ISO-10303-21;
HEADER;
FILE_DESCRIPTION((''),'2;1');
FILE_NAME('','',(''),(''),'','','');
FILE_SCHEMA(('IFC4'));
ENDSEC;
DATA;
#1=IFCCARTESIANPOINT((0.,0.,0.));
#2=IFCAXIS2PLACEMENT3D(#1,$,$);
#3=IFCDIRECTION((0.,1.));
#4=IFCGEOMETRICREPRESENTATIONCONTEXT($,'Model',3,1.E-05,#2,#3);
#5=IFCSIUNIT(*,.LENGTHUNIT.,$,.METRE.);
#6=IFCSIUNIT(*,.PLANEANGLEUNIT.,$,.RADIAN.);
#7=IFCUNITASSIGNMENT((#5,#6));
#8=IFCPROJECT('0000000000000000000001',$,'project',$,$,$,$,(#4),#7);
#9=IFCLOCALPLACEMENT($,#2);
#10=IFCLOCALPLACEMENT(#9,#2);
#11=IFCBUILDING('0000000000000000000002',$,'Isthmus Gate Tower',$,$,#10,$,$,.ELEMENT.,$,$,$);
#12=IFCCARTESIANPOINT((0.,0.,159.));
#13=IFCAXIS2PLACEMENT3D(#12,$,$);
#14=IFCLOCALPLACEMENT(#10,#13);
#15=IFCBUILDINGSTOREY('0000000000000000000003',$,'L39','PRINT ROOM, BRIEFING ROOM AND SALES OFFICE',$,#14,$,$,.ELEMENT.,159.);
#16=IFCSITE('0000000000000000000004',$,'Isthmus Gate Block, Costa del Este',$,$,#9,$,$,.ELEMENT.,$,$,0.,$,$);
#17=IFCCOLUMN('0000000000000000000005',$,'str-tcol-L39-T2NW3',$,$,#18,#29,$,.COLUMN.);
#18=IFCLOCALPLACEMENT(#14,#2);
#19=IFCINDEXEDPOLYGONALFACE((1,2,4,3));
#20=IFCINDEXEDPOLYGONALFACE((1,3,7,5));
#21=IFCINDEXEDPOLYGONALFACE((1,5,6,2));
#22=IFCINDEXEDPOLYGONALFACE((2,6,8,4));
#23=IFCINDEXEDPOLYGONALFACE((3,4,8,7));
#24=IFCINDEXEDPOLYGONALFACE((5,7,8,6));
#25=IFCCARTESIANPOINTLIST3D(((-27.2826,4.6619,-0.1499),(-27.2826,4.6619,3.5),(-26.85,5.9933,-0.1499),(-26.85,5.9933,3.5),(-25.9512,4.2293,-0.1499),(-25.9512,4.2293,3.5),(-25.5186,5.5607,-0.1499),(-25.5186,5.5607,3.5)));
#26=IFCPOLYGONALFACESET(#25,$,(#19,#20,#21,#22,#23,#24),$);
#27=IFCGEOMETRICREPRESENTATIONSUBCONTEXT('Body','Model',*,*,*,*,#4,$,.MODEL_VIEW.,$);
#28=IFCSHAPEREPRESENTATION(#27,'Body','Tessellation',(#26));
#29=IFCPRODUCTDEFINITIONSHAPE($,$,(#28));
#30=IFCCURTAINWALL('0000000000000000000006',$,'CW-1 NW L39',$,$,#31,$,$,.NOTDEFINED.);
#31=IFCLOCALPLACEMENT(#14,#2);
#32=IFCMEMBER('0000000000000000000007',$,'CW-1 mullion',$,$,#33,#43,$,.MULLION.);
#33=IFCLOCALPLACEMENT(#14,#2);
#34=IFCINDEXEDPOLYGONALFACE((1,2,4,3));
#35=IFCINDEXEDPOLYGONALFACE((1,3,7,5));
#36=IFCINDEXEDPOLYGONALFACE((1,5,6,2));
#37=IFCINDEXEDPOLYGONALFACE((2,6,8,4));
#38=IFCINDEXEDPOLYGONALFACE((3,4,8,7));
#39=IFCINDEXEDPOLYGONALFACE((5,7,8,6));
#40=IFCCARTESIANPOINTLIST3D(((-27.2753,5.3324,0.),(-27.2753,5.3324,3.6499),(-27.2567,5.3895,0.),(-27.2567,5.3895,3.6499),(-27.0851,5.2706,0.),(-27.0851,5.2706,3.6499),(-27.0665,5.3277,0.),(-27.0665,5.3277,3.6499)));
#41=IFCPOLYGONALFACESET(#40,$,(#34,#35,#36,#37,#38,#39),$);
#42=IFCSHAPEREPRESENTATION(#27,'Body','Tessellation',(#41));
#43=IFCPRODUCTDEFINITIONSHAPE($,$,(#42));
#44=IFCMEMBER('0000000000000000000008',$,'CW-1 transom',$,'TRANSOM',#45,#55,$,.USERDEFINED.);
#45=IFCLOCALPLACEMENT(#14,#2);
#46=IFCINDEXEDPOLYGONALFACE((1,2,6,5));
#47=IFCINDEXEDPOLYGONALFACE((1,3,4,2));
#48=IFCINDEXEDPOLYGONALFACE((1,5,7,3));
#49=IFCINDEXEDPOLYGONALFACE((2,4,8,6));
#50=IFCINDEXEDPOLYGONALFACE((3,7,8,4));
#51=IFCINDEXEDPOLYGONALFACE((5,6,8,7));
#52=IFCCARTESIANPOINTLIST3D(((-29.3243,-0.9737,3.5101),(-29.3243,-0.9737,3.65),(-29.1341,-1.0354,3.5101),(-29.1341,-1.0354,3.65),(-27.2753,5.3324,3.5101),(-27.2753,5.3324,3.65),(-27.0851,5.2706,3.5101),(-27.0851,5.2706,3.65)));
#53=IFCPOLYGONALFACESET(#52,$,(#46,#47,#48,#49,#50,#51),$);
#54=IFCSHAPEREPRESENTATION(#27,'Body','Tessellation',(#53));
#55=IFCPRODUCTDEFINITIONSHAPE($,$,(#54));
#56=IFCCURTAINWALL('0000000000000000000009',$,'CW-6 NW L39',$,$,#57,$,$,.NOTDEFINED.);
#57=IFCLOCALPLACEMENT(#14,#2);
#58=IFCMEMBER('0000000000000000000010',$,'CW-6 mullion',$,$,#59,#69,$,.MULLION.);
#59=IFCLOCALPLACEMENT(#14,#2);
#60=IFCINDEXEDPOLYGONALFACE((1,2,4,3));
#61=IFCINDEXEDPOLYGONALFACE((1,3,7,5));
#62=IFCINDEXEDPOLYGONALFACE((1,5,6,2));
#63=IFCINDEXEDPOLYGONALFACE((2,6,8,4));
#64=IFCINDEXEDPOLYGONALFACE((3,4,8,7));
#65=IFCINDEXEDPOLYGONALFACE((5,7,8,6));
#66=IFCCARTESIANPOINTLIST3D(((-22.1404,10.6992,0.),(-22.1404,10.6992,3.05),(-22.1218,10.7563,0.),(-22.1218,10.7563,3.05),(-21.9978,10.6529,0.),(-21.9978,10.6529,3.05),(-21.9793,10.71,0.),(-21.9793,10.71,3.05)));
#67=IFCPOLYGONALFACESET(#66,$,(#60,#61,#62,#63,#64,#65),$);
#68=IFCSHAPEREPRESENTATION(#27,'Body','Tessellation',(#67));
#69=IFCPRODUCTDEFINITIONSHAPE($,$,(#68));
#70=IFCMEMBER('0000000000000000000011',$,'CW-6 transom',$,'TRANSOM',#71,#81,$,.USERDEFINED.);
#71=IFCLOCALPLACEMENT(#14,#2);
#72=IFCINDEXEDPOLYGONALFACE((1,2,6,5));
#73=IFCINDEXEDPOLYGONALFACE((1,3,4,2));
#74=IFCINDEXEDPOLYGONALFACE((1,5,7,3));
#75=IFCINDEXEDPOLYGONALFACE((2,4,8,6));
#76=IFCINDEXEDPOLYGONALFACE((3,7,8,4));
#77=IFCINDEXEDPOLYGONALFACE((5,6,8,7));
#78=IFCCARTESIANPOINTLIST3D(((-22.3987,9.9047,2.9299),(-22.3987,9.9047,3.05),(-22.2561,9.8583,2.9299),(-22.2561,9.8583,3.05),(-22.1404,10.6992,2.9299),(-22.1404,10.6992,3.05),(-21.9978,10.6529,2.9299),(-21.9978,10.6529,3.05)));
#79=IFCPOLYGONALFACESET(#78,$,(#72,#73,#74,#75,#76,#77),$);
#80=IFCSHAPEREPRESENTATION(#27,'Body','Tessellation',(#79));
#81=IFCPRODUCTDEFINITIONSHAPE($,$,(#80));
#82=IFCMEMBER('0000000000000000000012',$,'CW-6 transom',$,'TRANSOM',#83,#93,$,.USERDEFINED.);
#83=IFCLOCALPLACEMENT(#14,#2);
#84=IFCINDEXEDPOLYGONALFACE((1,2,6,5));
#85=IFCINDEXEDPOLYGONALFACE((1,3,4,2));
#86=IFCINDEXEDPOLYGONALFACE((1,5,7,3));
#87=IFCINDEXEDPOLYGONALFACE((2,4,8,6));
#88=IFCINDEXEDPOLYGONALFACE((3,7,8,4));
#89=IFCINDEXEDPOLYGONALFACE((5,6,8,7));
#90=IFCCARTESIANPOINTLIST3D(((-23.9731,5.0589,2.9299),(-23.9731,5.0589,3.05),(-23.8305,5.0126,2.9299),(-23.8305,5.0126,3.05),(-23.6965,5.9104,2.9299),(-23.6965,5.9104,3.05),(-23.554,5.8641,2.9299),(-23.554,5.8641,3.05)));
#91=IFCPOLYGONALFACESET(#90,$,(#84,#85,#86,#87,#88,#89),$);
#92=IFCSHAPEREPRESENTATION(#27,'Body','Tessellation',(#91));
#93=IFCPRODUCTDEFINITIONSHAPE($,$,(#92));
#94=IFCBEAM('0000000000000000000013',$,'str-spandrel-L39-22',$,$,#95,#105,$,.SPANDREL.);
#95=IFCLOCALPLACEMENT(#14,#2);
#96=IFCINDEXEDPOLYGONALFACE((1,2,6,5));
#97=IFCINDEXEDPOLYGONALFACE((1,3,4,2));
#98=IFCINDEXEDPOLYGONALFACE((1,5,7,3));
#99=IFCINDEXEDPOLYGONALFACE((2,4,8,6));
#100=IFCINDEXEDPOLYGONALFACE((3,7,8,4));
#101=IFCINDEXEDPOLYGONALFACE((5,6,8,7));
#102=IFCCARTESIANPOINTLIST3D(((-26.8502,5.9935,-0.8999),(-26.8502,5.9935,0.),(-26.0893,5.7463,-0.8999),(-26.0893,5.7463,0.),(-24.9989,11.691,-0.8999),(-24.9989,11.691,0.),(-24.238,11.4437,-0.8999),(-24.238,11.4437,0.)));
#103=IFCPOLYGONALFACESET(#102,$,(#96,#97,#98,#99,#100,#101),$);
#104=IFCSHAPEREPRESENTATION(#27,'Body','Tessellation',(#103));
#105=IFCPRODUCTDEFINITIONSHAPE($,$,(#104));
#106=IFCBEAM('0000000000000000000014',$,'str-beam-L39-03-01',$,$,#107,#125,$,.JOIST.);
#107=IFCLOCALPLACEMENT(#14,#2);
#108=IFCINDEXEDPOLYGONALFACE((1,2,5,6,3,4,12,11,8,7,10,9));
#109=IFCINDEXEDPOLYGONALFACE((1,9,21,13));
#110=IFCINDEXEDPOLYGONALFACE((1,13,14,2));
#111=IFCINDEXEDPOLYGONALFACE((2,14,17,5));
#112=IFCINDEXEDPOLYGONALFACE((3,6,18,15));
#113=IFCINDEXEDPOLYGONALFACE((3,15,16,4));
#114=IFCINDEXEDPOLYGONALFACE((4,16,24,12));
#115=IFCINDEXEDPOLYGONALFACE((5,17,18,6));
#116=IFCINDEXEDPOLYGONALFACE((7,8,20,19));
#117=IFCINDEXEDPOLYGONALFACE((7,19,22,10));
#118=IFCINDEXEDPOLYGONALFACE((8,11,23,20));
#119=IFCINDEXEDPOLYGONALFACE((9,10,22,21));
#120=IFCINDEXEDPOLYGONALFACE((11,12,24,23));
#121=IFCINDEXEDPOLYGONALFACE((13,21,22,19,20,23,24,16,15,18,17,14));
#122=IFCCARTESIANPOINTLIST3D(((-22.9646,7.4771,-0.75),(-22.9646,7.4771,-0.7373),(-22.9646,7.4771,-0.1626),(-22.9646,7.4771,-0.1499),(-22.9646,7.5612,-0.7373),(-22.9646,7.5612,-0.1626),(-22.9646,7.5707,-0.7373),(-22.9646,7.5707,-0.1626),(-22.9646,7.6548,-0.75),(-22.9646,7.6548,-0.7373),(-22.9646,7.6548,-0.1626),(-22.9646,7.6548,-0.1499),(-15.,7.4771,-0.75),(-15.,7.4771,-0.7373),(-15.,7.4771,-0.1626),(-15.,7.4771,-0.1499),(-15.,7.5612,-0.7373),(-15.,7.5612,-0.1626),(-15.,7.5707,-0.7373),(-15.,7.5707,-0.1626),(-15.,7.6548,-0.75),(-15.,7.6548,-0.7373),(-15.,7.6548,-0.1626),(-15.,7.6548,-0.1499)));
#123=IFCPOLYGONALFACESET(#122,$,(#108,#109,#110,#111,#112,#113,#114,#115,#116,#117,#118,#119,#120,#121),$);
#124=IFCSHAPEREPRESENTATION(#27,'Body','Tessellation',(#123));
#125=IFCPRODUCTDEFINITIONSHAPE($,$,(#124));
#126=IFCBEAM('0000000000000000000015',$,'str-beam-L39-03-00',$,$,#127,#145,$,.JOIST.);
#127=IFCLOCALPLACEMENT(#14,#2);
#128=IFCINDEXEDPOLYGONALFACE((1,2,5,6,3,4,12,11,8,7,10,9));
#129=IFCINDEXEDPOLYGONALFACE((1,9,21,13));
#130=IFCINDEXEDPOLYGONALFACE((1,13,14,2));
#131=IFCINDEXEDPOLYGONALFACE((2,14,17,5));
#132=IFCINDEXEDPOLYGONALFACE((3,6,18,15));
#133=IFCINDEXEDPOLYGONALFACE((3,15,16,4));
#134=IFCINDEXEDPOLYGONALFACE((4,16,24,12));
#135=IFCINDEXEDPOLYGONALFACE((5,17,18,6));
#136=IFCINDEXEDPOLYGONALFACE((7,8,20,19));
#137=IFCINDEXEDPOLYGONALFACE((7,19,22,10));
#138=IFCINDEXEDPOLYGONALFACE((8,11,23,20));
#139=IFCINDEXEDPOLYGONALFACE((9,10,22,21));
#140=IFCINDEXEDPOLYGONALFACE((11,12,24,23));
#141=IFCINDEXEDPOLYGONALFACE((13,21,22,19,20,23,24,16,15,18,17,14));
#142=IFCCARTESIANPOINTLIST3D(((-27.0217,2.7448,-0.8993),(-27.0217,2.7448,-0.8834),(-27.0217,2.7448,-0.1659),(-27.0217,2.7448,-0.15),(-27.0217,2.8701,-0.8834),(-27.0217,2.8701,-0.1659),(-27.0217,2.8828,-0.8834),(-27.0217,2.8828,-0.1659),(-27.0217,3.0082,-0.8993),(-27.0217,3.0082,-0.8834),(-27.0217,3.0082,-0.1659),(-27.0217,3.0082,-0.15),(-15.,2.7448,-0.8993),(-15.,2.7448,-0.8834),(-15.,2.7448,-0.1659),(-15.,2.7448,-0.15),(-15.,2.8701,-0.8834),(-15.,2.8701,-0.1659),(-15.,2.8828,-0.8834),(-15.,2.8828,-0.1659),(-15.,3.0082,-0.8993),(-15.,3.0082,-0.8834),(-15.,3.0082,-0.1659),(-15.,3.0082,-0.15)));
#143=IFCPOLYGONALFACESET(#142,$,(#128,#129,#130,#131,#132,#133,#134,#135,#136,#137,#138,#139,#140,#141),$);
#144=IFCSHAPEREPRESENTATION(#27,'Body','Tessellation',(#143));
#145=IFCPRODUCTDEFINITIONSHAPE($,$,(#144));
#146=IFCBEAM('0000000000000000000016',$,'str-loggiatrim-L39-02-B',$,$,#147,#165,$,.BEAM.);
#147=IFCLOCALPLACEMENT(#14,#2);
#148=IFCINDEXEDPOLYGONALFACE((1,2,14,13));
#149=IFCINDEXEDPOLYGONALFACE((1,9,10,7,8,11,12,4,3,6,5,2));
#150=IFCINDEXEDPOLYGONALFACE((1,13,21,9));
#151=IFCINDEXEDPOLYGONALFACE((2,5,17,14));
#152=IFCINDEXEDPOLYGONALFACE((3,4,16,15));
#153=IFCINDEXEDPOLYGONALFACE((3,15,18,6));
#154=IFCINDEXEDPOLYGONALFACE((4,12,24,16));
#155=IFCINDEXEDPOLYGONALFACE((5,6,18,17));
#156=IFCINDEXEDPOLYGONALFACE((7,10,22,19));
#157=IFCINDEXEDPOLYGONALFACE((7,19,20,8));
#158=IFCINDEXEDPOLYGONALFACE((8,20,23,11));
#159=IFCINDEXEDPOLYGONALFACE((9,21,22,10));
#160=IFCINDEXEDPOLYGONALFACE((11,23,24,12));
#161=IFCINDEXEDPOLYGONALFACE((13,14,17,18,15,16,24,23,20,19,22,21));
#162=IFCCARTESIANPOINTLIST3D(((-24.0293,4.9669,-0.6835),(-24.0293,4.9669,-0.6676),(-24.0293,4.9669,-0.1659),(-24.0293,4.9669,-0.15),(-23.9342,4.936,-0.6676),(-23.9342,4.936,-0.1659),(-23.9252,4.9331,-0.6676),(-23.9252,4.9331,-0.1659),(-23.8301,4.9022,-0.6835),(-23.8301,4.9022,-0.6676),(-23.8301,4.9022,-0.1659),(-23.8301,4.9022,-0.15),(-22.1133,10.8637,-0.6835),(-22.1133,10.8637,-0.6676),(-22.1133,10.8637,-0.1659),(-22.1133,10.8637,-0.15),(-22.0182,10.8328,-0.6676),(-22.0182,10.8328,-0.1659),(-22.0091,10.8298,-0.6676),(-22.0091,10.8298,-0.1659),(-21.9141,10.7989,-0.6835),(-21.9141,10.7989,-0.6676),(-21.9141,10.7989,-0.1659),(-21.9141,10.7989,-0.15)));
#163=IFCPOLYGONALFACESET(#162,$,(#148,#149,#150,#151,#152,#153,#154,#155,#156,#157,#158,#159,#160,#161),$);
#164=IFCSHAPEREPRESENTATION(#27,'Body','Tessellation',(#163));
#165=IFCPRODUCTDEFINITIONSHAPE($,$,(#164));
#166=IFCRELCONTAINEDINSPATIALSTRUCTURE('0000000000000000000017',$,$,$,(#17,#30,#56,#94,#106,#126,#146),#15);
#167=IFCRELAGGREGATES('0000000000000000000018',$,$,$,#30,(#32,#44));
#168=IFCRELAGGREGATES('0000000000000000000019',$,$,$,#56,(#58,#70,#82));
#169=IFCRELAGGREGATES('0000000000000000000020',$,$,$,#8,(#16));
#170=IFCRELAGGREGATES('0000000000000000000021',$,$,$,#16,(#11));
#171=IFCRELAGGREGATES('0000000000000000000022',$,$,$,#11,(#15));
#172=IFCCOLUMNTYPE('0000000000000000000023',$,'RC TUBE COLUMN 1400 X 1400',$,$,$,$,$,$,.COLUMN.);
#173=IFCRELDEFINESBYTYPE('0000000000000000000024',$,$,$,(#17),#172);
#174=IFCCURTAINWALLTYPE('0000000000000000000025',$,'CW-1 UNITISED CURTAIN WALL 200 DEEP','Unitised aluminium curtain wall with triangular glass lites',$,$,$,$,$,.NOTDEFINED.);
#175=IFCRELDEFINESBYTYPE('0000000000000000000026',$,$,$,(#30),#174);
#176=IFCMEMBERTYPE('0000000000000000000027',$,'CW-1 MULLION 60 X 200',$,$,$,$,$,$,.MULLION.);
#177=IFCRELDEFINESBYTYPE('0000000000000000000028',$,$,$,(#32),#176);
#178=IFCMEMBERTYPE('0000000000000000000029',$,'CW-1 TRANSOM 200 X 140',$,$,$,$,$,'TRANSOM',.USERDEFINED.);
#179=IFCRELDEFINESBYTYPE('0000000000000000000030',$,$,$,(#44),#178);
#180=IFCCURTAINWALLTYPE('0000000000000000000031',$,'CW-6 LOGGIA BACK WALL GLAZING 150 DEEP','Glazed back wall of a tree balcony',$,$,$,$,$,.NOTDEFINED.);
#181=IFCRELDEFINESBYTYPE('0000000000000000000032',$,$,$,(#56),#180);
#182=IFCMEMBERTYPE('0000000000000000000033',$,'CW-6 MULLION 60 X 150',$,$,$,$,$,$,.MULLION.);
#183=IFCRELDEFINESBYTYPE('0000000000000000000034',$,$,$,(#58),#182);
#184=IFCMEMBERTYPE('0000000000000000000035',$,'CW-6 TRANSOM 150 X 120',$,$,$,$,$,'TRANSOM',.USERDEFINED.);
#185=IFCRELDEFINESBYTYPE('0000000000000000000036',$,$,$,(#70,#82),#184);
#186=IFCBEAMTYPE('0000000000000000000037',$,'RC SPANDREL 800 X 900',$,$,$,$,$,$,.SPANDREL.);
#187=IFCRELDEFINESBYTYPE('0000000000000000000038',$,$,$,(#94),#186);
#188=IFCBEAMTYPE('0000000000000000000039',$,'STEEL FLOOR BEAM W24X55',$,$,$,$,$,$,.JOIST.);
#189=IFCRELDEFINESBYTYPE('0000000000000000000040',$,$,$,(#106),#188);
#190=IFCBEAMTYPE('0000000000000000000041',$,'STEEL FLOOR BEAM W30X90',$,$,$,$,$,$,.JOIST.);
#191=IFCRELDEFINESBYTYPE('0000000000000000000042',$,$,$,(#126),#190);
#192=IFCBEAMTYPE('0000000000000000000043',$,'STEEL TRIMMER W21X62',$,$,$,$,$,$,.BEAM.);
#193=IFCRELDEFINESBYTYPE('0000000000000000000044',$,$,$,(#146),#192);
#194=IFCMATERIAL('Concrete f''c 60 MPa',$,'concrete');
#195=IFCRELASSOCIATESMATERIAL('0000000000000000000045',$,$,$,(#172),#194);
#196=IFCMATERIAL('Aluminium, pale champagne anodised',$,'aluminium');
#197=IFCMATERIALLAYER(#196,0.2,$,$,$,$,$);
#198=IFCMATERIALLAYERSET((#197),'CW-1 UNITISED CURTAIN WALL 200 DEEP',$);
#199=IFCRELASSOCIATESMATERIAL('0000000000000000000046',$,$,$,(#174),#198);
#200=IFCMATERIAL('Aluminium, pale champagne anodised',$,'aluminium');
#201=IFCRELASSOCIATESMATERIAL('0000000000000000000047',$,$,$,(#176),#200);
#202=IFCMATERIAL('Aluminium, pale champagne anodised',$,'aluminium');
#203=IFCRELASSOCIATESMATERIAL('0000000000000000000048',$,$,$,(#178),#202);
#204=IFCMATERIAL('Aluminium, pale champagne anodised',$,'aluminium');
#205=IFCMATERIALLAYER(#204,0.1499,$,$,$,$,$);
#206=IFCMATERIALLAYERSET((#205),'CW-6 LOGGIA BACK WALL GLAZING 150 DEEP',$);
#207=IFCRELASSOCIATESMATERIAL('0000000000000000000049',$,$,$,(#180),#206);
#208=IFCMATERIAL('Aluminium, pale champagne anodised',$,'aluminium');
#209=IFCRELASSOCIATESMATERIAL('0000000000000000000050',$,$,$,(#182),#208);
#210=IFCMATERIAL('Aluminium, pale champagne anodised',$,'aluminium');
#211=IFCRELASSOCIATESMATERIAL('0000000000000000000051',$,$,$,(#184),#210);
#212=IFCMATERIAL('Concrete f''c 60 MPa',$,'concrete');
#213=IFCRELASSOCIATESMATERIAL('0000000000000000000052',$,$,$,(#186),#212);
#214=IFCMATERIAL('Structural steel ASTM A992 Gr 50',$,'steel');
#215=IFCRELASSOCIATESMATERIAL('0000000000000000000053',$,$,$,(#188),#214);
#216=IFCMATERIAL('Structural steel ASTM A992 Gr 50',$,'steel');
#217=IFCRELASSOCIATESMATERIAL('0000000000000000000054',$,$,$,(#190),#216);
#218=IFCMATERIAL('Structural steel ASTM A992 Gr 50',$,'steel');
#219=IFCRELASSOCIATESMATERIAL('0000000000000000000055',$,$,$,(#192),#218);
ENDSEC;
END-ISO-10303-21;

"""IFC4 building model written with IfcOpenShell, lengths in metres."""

from ifc_helpers import new_model, si_unit, direction, frame, origin, origin_2d, place, context, subcontext, project, spatial, rectangle, i_section, extrude, material, layer, layer_set, material_profile, profile_set, type_object, element, aggregate, save


model = new_model("IFC4")

# Units and contexts
model_context = context("Model", 3, precision=1e-05, world=origin(), true_north=direction((0.0, 1.0)))
body_context = subcontext(model_context, "Body", "Model", "MODEL_VIEW")
ifc_project = project(units=[si_unit("LENGTHUNIT", "METRE"), si_unit("PLANEANGLEUNIT", "RADIAN")], contexts=[model_context])

# Site, building, storey
site_placement = place(None, origin())
site = spatial("IfcSite", under=ifc_project, at=site_placement, Name="Isthmus Gate Block, Costa del Este", CompositionType="ELEMENT", RefElevation=0.0)
building_placement = place(site_placement, origin())
building = spatial("IfcBuilding", under=site, at=building_placement, Name="Isthmus Gate Tower", CompositionType="ELEMENT")
storey_placement = place(building_placement, frame((0.0, 0.0, 159.0)))
storey = spatial("IfcBuildingStorey", under=building, at=storey_placement, Name="L39", Description="PRINT ROOM, BRIEFING ROOM AND SALES OFFICE", CompositionType="ELEMENT", Elevation=159.0)

# Column
ifc_material_1 = material(Name="Concrete f'c 60 MPa", Category="concrete")
ifc_material_profile_1 = material_profile(ifc_material_1, rectangle(XDim=1.3999, YDim=1.3999, at=origin_2d()), Name="RC 1400X1400")
ifc_profile_set_1 = profile_set([ifc_material_profile_1], Name="Concrete f'c 60 MPa")
column_type = type_object("IfcColumnType", Name="RC TUBE COLUMN 1400 X 1400", PredefinedType="COLUMN", material=ifc_profile_set_1)
column_placement = place(storey_placement, frame((-26.4006, 5.1113, -0.1499), z_axis=(0.0, 0.0, 1.0), x_axis=(-0.309017, -0.951057, 0.0)))
element("IfcColumn", 1, at=column_placement, inside=storey, type_object=column_type, Name="str-tcol-L39-T2NW3", PredefinedType="COLUMN", context=body_context, shape_type="SweptSolid", body=[
    extrude(rectangle(XDim=1.3999, YDim=1.3999, at=origin_2d()), origin(), (0.0, 0.0, 1.0), 3.6499),
])

# Curtain walls, members
ifc_material_2 = material(Name="Aluminium, pale champagne anodised", Category="aluminium")
ifc_layer_1 = layer(ifc_material_2, 0.2)
ifc_layer_set_1 = layer_set([ifc_layer_1], Name="CW-1 UNITISED CURTAIN WALL 200 DEEP")
curtain_wall_type_1 = type_object("IfcCurtainWallType", Name="CW-1 UNITISED CURTAIN WALL 200 DEEP", Description="Unitised aluminium curtain wall with triangular glass lites", PredefinedType="NOTDEFINED", material=ifc_layer_set_1)
curtain_wall_1_placement = place(storey_placement, origin())
curtain_wall_1 = element("IfcCurtainWall", 2, at=curtain_wall_1_placement, inside=storey, type_object=curtain_wall_type_1, Name="CW-1 NW L39", PredefinedType="NOTDEFINED")
ifc_material_3 = material(Name="Aluminium, pale champagne anodised", Category="aluminium")
ifc_material_profile_2 = material_profile(ifc_material_3, rectangle(XDim=0.0601, YDim=0.2, at=origin_2d()), Name="60x200")
ifc_profile_set_2 = profile_set([ifc_material_profile_2], Name="Aluminium, pale champagne anodised")
member_type_1 = type_object("IfcMemberType", Name="CW-1 MULLION 60 X 200", PredefinedType="MULLION", material=ifc_profile_set_2)
member_1_placement = place(storey_placement, frame((-27.1709, 5.3301, 0.0), z_axis=(0.0, 0.0, 1.0), x_axis=(-0.309017, -0.951057, 0.0)))
member_1 = element("IfcMember", 3, at=member_1_placement, type_object=member_type_1, Name="CW-1 mullion", PredefinedType="MULLION", context=body_context, shape_type="SweptSolid", body=[
    extrude(rectangle(XDim=0.0601, YDim=0.2, at=origin_2d()), origin(), (0.0, 0.0, 1.0), 3.6499),
])
ifc_material_4 = material(Name="Aluminium, pale champagne anodised", Category="aluminium")
ifc_material_profile_3 = material_profile(ifc_material_4, rectangle(XDim=0.2, YDim=0.1399, at=origin_2d()), Name="200x140")
ifc_profile_set_3 = profile_set([ifc_material_profile_3], Name="Aluminium, pale champagne anodised")
member_type_2 = type_object("IfcMemberType", Name="CW-1 TRANSOM 200 X 140", ElementType="TRANSOM", PredefinedType="USERDEFINED", material=ifc_profile_set_3)
member_2_placement = place(storey_placement, frame((-27.1802, 5.3015, 3.5801), z_axis=(-0.309028, -0.951053, 0.0), x_axis=(0.951053, -0.309028, 0.0)))
member_2 = element("IfcMember", 4, at=member_2_placement, type_object=member_type_2, Name="CW-1 transom", ObjectType="TRANSOM", PredefinedType="USERDEFINED", context=body_context, shape_type="SweptSolid", body=[
    extrude(rectangle(XDim=0.2, YDim=0.1399, at=origin_2d()), origin(), (0.0, 0.0, 1.0), 6.6306),
])
aggregate(curtain_wall_1, [member_1, member_2])
ifc_material_5 = material(Name="Aluminium, pale champagne anodised", Category="aluminium")
ifc_layer_2 = layer(ifc_material_5, 0.1499)
ifc_layer_set_2 = layer_set([ifc_layer_2], Name="CW-6 LOGGIA BACK WALL GLAZING 150 DEEP")
curtain_wall_type_2 = type_object("IfcCurtainWallType", Name="CW-6 LOGGIA BACK WALL GLAZING 150 DEEP", Description="Glazed back wall of a tree balcony", PredefinedType="NOTDEFINED", material=ifc_layer_set_2)
curtain_wall_2_placement = place(storey_placement, origin())
curtain_wall_2 = element("IfcCurtainWall", 5, at=curtain_wall_2_placement, inside=storey, type_object=curtain_wall_type_2, Name="CW-6 NW L39", PredefinedType="NOTDEFINED")
ifc_material_6 = material(Name="Aluminium, pale champagne anodised", Category="aluminium")
ifc_material_profile_4 = material_profile(ifc_material_6, rectangle(XDim=0.0601, YDim=0.1499, at=origin_2d()), Name="60x150")
ifc_profile_set_4 = profile_set([ifc_material_profile_4], Name="Aluminium, pale champagne anodised")
member_type_3 = type_object("IfcMemberType", Name="CW-6 MULLION 60 X 150", PredefinedType="MULLION", material=ifc_profile_set_4)
member_3_placement = place(storey_placement, frame((-22.0598, 10.7046, 0.0), z_axis=(0.0, 0.0, 1.0), x_axis=(-0.309017, -0.951057, 0.0)))
member_3 = element("IfcMember", 6, at=member_3_placement, type_object=member_type_3, Name="CW-6 mullion", PredefinedType="MULLION", context=body_context, shape_type="SweptSolid", body=[
    extrude(rectangle(XDim=0.0601, YDim=0.1499, at=origin_2d()), origin(), (0.0, 0.0, 1.0), 3.05),
])
ifc_material_7 = material(Name="Aluminium, pale champagne anodised", Category="aluminium")
ifc_material_profile_5 = material_profile(ifc_material_7, rectangle(XDim=0.1499, YDim=0.1201, at=origin_2d()), Name="150x120")
ifc_profile_set_5 = profile_set([ifc_material_profile_5], Name="Aluminium, pale champagne anodised")
member_type_4 = type_object("IfcMemberType", Name="CW-6 TRANSOM 150 X 120", ElementType="TRANSOM", PredefinedType="USERDEFINED", material=ifc_profile_set_5)
member_4_placement = place(storey_placement, frame((-22.0691, 10.676, 2.99), z_axis=(-0.309205, -0.950995, 0.0), x_axis=(0.950995, -0.309205, 0.0)))
member_4 = element("IfcMember", 7, at=member_4_placement, type_object=member_type_4, Name="CW-6 transom", ObjectType="TRANSOM", PredefinedType="USERDEFINED", context=body_context, shape_type="SweptSolid", body=[
    extrude(rectangle(XDim=0.1499, YDim=0.1201, at=origin_2d()), origin(), (0.0, 0.0, 1.0), 0.8354),
])
member_5_placement = place(storey_placement, frame((-23.6252, 5.8872, 2.99), z_axis=(-0.308938, -0.951082, 0.0), x_axis=(0.951082, -0.308938, 0.0)))
member_5 = element("IfcMember", 8, at=member_5_placement, type_object=member_type_4, Name="CW-6 transom", ObjectType="TRANSOM", PredefinedType="USERDEFINED", context=body_context, shape_type="SweptSolid", body=[
    extrude(rectangle(XDim=0.1499, YDim=0.1201, at=origin_2d()), origin(), (0.0, 0.0, 1.0), 0.8953),
])

# Beams
ifc_material_8 = material(Name="Concrete f'c 60 MPa", Category="concrete")
ifc_material_profile_6 = material_profile(ifc_material_8, rectangle(XDim=0.8, YDim=0.8999, at=origin_2d()), Name="RC 800X900")
ifc_profile_set_6 = profile_set([ifc_material_profile_6], Name="Concrete f'c 60 MPa")
beam_type_1 = type_object("IfcBeamType", Name="RC SPANDREL 800 X 900", PredefinedType="SPANDREL", material=ifc_profile_set_6)
beam_1_placement = place(storey_placement, frame((-26.4697, 5.8699, -0.45), z_axis=(0.30903, 0.951052, 0.0), x_axis=(-0.951052, 0.30903, 0.0)))
element("IfcBeam", 9, at=beam_1_placement, inside=storey, type_object=beam_type_1, Name="str-spandrel-L39-22", PredefinedType="SPANDREL", context=body_context, shape_type="SweptSolid", body=[
    extrude(rectangle(XDim=0.8, YDim=0.8999, at=origin_2d()), origin(), (0.0, 0.0, 1.0), 5.9907),
])
ifc_material_9 = material(Name="Structural steel ASTM A992 Gr 50", Category="steel")
ifc_material_profile_7 = material_profile(ifc_material_9, i_section(OverallWidth=0.1777, OverallDepth=0.6001, WebThickness=0.0095, FlangeThickness=0.0127, at=origin_2d()), Name="W24X55")
ifc_profile_set_7 = profile_set([ifc_material_profile_7], Name="Structural steel ASTM A992 Gr 50")
beam_type_2 = type_object("IfcBeamType", Name="STEEL FLOOR BEAM W24X55", PredefinedType="JOIST", material=ifc_profile_set_7)
beam_2_placement = place(storey_placement, frame((-22.9646, 7.5659, -0.45), z_axis=(1.0, 0.0, 0.0), x_axis=(0.0, 1.0, 0.0)))
element("IfcBeam", 10, at=beam_2_placement, inside=storey, type_object=beam_type_2, Name="str-beam-L39-03-01", PredefinedType="JOIST", context=body_context, shape_type="SweptSolid", body=[
    extrude(i_section(OverallWidth=0.1777, OverallDepth=0.6001, WebThickness=0.0095, FlangeThickness=0.0127, at=origin_2d()), origin(), (0.0, 0.0, 1.0), 7.9646),
])
ifc_material_10 = material(Name="Structural steel ASTM A992 Gr 50", Category="steel")
ifc_material_profile_8 = material_profile(ifc_material_10, i_section(OverallWidth=0.2634, OverallDepth=0.7493, WebThickness=0.0127, FlangeThickness=0.0159, at=origin_2d()), Name="W30X90")
ifc_profile_set_8 = profile_set([ifc_material_profile_8], Name="Structural steel ASTM A992 Gr 50")
beam_type_3 = type_object("IfcBeamType", Name="STEEL FLOOR BEAM W30X90", PredefinedType="JOIST", material=ifc_profile_set_8)
beam_3_placement = place(storey_placement, frame((-27.0217, 2.8765, -0.5247), z_axis=(1.0, 0.0, 0.0), x_axis=(0.0, 1.0, 0.0)))
element("IfcBeam", 11, at=beam_3_placement, inside=storey, type_object=beam_type_3, Name="str-beam-L39-03-00", PredefinedType="JOIST", context=body_context, shape_type="SweptSolid", body=[
    extrude(i_section(OverallWidth=0.2634, OverallDepth=0.7493, WebThickness=0.0127, FlangeThickness=0.0159, at=origin_2d()), origin(), (0.0, 0.0, 1.0), 12.0217),
])
ifc_material_11 = material(Name="Structural steel ASTM A992 Gr 50", Category="steel")
ifc_material_profile_9 = material_profile(ifc_material_11, i_section(OverallWidth=0.2095, OverallDepth=0.5334, WebThickness=0.0095, FlangeThickness=0.0159, at=origin_2d()), Name="W21X62")
ifc_profile_set_9 = profile_set([ifc_material_profile_9], Name="Structural steel ASTM A992 Gr 50")
beam_type_4 = type_object("IfcBeamType", Name="STEEL TRIMMER W21X62", PredefinedType="BEAM", material=ifc_profile_set_9)
beam_4_placement = place(storey_placement, frame((-22.0137, 10.8313, -0.4167), z_axis=(-0.309025, -0.951054, 0.0), x_axis=(0.951054, -0.309025, 0.0)))
element("IfcBeam", 12, at=beam_4_placement, inside=storey, type_object=beam_type_4, Name="str-loggiatrim-L39-02-B", PredefinedType="BEAM", context=body_context, shape_type="SweptSolid", body=[
    extrude(i_section(OverallWidth=0.2095, OverallDepth=0.5334, WebThickness=0.0095, FlangeThickness=0.0159, at=origin_2d()), origin(), (0.0, 0.0, 1.0), 6.2002),
])

aggregate(curtain_wall_2, [member_3, member_4, member_5])

save(model, "model.ifc")
